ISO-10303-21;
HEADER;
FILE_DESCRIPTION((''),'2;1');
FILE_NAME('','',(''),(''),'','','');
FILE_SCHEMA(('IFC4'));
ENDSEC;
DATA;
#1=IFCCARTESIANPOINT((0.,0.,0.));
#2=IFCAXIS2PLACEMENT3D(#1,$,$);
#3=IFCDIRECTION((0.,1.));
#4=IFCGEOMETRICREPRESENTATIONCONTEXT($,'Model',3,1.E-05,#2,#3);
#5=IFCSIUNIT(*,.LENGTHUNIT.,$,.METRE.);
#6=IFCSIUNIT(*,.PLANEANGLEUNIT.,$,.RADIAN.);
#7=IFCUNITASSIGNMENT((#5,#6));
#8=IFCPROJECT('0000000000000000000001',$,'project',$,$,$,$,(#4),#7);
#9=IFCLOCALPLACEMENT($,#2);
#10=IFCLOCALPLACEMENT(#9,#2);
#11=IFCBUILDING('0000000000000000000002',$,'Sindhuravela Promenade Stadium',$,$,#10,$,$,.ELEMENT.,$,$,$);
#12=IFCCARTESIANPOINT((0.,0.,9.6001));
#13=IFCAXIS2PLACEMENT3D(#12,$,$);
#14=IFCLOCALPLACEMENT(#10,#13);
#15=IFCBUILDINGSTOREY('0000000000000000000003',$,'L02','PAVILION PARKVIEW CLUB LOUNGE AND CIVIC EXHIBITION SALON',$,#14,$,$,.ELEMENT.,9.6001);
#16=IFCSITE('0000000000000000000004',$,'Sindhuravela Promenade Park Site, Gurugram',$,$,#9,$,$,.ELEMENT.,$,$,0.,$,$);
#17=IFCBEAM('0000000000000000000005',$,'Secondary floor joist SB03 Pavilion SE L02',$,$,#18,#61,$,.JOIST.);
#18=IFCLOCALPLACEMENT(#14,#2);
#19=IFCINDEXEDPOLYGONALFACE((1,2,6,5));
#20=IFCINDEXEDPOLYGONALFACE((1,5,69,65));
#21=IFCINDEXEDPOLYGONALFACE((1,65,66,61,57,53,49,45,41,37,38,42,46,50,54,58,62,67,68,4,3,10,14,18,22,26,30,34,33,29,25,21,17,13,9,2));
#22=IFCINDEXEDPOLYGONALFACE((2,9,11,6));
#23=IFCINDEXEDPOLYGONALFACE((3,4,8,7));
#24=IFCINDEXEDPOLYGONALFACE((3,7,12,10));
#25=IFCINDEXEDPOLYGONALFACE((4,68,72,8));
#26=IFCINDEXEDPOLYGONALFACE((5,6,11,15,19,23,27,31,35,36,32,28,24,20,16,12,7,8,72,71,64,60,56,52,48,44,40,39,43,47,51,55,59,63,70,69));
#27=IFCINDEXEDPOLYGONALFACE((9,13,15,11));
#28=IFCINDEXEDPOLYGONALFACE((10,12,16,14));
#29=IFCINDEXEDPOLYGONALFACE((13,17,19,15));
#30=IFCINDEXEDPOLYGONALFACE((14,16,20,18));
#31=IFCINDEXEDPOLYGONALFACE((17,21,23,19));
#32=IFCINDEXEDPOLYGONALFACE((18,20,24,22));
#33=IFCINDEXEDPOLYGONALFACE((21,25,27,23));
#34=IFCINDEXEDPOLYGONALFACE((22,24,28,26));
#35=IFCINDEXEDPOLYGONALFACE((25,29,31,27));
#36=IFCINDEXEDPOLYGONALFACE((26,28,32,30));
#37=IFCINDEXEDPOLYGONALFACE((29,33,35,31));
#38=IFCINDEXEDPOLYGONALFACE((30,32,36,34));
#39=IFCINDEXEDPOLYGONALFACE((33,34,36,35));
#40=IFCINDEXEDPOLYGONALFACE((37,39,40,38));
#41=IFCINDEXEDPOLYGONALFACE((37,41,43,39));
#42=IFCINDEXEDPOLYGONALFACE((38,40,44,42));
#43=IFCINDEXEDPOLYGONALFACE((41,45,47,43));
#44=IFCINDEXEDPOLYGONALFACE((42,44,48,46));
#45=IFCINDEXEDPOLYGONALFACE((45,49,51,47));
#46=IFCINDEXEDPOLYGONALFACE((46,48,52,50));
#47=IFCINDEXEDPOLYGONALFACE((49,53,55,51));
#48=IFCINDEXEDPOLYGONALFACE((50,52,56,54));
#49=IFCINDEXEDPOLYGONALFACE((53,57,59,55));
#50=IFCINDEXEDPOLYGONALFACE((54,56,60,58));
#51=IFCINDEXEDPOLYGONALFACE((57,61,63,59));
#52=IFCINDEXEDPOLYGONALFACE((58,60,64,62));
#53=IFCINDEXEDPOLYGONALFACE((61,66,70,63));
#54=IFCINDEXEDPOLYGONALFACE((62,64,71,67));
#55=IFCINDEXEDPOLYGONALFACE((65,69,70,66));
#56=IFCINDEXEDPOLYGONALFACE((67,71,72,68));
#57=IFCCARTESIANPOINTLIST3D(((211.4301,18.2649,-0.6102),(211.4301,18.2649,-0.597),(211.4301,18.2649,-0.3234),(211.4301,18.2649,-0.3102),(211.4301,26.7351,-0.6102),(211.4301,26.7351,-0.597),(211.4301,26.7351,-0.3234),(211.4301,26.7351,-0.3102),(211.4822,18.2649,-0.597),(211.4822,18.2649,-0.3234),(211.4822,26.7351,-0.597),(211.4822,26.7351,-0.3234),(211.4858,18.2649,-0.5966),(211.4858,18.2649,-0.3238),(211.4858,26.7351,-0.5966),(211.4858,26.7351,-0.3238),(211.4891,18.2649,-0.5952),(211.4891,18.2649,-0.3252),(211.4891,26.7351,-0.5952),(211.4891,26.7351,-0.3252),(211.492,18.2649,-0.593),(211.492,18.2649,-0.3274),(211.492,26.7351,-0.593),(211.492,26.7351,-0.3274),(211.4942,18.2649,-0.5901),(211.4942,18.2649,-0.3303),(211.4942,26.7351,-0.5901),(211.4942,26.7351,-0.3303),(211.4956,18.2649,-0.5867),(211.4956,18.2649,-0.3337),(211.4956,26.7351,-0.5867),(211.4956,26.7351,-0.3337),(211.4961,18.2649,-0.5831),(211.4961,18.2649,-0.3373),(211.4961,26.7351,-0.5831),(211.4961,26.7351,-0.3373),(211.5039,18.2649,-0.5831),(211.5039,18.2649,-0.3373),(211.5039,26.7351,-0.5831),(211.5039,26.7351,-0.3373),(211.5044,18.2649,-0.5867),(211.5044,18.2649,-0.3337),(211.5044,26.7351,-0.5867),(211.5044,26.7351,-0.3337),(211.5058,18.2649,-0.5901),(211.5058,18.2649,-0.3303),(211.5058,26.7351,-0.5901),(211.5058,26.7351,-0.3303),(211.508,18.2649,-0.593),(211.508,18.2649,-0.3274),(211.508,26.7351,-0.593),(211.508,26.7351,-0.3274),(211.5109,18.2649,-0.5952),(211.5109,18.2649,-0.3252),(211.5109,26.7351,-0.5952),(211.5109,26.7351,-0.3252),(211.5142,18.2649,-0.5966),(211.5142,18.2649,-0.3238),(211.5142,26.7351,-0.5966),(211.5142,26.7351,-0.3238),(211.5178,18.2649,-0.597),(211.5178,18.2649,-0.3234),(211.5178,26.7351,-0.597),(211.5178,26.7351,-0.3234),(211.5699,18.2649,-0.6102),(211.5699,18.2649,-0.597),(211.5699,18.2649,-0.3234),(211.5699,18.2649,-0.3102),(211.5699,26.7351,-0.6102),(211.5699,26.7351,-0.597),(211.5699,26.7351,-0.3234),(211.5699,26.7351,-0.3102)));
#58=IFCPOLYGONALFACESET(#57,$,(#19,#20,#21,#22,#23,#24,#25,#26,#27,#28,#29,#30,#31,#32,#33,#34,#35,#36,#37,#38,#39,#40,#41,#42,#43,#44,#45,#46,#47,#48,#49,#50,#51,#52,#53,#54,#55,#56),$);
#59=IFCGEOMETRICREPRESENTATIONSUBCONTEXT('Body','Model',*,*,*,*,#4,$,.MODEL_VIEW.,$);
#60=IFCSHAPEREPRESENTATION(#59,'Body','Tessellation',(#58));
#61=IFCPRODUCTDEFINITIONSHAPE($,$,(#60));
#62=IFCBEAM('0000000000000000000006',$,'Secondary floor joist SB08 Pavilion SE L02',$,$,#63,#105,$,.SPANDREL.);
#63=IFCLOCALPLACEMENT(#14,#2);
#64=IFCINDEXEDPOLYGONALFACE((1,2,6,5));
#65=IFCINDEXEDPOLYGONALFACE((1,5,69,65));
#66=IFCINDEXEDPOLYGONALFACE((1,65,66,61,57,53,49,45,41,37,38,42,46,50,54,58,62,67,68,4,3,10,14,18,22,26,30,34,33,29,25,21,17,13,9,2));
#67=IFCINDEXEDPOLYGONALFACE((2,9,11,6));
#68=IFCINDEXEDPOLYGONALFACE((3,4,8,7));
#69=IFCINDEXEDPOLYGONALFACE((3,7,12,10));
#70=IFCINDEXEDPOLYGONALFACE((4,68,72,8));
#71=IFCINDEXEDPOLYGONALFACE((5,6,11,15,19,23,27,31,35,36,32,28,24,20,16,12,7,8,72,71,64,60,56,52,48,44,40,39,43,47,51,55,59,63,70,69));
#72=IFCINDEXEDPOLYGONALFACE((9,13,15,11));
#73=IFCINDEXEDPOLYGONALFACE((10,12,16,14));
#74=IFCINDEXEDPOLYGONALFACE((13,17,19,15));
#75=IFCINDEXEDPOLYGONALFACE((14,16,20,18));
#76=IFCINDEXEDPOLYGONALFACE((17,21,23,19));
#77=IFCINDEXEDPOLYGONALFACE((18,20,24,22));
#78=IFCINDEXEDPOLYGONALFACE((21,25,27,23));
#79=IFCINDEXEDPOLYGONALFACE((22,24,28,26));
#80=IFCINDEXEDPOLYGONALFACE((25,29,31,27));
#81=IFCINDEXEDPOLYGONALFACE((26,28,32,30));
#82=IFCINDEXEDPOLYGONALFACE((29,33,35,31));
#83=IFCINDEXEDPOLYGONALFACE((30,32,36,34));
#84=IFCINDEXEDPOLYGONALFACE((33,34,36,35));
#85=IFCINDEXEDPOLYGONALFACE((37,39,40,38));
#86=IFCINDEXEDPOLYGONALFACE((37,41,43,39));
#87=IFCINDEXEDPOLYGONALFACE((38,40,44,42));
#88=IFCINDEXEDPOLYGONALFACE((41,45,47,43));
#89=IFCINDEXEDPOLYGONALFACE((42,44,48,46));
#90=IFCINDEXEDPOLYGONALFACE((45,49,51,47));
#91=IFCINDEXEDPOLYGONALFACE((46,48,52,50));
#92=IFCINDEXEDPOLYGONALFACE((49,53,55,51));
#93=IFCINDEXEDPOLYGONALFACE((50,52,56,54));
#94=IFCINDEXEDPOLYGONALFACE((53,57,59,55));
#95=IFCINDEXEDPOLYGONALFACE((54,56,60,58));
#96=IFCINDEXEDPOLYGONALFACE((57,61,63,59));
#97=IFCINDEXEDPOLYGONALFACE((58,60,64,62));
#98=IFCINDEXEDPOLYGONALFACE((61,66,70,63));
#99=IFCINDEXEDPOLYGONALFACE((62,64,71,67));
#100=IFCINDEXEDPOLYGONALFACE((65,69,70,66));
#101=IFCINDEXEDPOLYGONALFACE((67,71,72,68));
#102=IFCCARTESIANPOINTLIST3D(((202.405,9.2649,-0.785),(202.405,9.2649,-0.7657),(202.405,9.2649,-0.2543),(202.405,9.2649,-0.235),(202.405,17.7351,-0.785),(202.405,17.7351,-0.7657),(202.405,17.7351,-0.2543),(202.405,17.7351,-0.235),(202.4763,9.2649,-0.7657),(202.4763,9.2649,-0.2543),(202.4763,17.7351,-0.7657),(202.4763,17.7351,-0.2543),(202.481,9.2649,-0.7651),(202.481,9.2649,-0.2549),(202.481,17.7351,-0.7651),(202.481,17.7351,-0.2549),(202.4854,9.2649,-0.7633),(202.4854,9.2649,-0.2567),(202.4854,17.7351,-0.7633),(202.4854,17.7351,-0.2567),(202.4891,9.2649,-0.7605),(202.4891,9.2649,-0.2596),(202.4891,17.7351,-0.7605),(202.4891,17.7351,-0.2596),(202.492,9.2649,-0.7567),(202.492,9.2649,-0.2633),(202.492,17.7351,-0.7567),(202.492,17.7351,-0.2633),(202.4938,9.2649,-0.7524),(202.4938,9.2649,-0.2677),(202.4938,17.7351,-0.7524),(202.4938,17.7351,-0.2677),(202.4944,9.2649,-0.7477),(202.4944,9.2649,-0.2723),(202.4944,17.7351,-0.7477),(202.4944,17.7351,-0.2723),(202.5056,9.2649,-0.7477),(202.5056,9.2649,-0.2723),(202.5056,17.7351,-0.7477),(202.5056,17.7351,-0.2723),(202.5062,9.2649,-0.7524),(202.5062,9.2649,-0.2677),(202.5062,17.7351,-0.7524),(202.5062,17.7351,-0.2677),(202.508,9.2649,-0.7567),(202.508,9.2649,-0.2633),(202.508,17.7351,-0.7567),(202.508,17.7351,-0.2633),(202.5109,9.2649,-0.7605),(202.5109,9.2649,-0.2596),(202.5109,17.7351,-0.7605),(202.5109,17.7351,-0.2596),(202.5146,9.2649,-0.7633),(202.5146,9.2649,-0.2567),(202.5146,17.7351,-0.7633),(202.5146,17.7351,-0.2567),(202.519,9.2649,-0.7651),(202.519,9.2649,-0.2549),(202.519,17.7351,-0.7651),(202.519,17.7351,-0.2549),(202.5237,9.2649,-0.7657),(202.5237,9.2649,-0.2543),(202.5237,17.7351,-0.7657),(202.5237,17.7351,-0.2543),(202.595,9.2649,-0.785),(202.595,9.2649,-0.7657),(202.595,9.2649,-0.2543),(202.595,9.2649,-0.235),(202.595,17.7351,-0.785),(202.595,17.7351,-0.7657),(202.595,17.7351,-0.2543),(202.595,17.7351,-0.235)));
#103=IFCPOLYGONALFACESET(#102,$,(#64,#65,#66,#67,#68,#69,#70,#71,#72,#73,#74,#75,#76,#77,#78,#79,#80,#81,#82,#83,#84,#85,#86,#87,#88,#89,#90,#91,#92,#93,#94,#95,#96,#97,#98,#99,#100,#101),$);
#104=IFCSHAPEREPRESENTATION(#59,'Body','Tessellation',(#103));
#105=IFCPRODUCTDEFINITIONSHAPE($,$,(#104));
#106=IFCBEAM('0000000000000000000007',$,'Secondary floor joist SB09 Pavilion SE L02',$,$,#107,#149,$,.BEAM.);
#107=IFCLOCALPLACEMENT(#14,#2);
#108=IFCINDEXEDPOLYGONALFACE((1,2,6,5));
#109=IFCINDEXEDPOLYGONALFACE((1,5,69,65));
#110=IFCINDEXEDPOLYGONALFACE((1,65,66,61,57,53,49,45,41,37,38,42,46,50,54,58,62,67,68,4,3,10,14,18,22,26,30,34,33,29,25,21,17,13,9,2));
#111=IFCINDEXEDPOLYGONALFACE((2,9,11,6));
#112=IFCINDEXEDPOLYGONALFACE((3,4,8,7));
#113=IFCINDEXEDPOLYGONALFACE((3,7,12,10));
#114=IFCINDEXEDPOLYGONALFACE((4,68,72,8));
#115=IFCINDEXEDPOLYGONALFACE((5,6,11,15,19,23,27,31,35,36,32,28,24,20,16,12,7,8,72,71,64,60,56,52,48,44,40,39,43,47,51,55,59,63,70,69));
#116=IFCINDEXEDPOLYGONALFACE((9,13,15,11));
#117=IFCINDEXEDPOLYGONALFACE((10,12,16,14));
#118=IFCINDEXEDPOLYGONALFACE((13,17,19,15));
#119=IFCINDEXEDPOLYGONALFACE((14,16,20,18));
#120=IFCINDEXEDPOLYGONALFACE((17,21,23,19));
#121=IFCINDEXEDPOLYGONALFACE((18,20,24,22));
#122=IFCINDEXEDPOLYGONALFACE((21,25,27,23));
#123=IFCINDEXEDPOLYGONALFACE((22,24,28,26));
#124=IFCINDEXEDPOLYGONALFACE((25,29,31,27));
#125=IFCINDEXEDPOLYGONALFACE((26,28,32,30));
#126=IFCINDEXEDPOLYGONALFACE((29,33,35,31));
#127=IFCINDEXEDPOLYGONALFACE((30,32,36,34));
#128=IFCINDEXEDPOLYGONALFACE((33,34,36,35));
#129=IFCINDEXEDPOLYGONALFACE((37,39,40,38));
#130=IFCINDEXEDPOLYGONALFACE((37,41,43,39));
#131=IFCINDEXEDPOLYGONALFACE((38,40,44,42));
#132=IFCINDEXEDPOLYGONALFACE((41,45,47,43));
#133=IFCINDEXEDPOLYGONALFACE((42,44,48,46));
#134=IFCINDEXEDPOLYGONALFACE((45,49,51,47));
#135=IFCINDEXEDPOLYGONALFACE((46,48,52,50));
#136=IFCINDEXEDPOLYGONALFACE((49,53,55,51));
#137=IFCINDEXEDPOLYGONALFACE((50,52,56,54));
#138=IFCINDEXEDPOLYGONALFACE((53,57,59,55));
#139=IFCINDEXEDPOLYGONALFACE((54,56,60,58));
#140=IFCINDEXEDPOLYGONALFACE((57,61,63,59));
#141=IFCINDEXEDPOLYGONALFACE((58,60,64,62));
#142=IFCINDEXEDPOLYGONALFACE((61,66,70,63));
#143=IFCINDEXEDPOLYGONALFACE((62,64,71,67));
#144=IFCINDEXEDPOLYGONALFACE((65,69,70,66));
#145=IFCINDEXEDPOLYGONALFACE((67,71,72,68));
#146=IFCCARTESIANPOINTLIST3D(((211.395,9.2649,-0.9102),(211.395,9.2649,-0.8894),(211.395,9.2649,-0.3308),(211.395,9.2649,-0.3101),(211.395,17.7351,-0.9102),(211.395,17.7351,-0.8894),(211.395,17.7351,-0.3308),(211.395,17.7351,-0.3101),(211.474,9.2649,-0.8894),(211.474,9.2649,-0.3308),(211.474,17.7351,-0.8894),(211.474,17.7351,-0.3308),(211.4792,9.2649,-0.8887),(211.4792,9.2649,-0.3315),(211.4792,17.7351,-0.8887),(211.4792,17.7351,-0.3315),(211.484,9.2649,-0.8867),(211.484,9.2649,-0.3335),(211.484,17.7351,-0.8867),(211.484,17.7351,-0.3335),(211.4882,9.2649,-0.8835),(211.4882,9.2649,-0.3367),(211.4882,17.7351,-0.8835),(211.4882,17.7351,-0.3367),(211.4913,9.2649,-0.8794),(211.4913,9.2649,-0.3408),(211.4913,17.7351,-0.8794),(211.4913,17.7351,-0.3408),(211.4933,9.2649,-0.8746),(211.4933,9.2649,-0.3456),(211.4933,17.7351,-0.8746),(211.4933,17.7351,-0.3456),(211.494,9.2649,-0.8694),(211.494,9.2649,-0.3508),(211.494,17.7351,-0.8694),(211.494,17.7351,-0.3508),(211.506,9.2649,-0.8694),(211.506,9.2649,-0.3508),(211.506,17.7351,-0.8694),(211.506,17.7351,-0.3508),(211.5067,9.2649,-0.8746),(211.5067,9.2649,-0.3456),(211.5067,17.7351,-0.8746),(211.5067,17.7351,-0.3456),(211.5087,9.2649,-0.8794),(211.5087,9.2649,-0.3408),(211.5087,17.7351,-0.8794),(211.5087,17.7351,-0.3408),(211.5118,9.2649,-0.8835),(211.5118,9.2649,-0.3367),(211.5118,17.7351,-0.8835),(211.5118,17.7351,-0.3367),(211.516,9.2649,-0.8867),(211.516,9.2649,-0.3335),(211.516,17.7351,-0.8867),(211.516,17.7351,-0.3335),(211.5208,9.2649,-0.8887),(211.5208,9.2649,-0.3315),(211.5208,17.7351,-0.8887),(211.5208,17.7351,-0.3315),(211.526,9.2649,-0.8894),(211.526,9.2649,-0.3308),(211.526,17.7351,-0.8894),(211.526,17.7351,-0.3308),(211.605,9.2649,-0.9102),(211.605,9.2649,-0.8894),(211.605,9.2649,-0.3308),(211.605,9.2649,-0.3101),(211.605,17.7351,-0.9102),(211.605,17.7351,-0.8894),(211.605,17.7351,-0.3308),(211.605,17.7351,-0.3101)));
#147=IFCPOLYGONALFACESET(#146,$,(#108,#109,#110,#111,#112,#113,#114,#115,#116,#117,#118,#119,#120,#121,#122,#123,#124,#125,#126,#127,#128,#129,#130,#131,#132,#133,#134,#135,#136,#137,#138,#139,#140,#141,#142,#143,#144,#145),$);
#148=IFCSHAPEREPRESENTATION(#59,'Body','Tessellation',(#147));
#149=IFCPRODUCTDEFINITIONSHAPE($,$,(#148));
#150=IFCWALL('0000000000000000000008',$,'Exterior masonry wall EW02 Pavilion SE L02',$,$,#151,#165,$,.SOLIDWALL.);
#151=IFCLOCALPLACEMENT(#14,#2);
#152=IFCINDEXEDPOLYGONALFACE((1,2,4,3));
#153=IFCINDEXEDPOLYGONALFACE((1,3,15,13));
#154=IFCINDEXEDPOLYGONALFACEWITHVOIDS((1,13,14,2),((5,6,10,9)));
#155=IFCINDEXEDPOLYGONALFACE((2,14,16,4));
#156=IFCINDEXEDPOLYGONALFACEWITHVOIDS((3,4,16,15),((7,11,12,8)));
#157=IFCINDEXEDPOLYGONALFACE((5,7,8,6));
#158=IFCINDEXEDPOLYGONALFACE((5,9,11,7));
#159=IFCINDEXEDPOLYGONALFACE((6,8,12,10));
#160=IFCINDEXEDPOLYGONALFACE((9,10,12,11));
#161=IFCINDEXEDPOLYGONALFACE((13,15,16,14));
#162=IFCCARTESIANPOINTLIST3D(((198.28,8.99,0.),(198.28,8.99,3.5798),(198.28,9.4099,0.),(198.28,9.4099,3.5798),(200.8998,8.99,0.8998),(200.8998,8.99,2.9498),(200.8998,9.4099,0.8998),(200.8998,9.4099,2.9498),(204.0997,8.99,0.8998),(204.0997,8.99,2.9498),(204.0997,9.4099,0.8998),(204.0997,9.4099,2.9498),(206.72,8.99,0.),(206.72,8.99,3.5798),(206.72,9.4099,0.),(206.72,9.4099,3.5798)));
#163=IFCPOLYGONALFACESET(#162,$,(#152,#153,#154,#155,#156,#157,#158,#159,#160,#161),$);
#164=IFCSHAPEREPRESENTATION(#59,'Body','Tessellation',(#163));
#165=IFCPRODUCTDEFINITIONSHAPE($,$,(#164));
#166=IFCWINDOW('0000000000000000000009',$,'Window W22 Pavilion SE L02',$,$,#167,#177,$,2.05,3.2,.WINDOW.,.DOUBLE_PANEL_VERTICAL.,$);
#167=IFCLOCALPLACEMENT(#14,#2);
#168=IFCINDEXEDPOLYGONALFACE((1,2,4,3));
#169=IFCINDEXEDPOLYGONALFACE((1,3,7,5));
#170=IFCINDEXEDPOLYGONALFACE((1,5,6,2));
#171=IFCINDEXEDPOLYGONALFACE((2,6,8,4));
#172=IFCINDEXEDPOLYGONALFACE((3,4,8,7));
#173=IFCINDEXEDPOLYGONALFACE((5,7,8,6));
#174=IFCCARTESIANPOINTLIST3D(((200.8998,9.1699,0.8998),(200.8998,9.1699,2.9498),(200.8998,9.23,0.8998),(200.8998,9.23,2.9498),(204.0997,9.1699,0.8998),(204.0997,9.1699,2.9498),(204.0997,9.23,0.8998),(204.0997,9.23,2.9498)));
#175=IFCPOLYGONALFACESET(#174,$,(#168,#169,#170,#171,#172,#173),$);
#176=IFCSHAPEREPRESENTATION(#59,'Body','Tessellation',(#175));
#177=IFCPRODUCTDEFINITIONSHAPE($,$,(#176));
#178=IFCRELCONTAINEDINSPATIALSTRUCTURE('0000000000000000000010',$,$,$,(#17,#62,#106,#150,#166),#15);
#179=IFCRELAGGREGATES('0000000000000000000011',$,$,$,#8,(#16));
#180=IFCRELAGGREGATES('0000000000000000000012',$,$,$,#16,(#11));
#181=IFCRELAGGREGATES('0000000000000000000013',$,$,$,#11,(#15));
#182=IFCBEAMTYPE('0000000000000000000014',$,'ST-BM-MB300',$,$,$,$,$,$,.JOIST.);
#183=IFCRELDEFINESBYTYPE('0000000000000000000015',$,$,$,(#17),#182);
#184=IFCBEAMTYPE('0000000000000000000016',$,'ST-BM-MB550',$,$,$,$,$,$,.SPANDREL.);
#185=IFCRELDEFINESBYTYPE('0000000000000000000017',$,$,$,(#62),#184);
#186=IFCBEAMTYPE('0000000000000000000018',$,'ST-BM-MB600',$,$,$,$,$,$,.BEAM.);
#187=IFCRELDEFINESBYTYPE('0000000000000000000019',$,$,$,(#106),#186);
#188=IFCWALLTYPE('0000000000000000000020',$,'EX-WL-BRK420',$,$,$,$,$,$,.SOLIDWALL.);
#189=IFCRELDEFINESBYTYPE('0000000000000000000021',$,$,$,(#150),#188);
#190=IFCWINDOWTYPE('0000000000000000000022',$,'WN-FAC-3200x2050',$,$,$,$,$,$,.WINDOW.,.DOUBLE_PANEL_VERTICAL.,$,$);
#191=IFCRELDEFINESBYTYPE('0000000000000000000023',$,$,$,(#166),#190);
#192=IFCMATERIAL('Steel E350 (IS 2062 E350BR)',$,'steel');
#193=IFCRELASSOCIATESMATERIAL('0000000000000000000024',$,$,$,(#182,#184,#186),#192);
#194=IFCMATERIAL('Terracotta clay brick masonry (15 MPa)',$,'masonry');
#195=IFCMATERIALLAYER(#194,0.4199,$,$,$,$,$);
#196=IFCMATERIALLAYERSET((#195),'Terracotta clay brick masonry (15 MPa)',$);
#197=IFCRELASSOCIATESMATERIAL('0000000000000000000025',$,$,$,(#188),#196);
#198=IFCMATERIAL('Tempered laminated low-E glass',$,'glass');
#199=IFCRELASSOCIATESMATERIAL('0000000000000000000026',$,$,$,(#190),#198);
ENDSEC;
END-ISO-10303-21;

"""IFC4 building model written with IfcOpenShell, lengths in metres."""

from ifc_helpers import new_model, si_unit, direction, frame, frame_2d, origin, origin_2d, place, context, subcontext, project, spatial, rectangle, i_section, extrude, material, layer, layer_set, material_profile, profile_set, type_object, element, fill, save


model = new_model("IFC4")

# Units and contexts
model_context = context("Model", 3, precision=1e-05, world=origin(), true_north=direction((0.0, 1.0)))
body_context = subcontext(model_context, "Body", "Model", "MODEL_VIEW")
ifc_project = project(units=[si_unit("LENGTHUNIT", "METRE"), si_unit("PLANEANGLEUNIT", "RADIAN")], contexts=[model_context])

# Site, building, storey
site_placement = place(None, origin())
site = spatial("IfcSite", under=ifc_project, at=site_placement, Name="Sindhuravela Promenade Park Site, Gurugram", CompositionType="ELEMENT", RefElevation=0.0)
building_placement = place(site_placement, origin())
building = spatial("IfcBuilding", under=site, at=building_placement, Name="Sindhuravela Promenade Stadium", CompositionType="ELEMENT")
storey_placement = place(building_placement, frame((0.0, 0.0, 9.6001)))
storey = spatial("IfcBuildingStorey", under=building, at=storey_placement, Name="L02", Description="PAVILION PARKVIEW CLUB LOUNGE AND CIVIC EXHIBITION SALON", CompositionType="ELEMENT", Elevation=9.6001)

# Beams
ifc_material_1 = material(Name="Steel E350 (IS 2062 E350BR)", Category="steel")
ifc_material_profile_1 = material_profile(ifc_material_1, i_section(OverallWidth=0.1399, OverallDepth=0.3, WebThickness=0.0078, FlangeThickness=0.0132, FilletRadius=0.0139, at=origin_2d()), Name="ISMB 300")
ifc_profile_set_1 = profile_set([ifc_material_profile_1], Name="Steel E350 (IS 2062 E350BR)")
beam_type_1 = type_object("IfcBeamType", Name="ST-BM-MB300", PredefinedType="JOIST", material=ifc_profile_set_1)
beam_1_placement = place(storey_placement, frame((211.5, 18.2649, -0.4602), z_axis=(0.0, 1.0, 0.0), x_axis=(-1.0, 0.0, 0.0)))
element("IfcBeam", 1, at=beam_1_placement, inside=storey, type_object=beam_type_1, Name="Secondary floor joist SB03 Pavilion SE L02", PredefinedType="JOIST", context=body_context, shape_type="SweptSolid", body=[
    extrude(i_section(OverallWidth=0.1399, OverallDepth=0.3, WebThickness=0.0078, FlangeThickness=0.0132, FilletRadius=0.0139, at=origin_2d()), origin(), (0.0, 0.0, 1.0), 8.4702),
])
ifc_material_profile_2 = material_profile(ifc_material_1, i_section(OverallWidth=0.1899, OverallDepth=0.55, WebThickness=0.0112, FlangeThickness=0.0193, FilletRadius=0.0181, at=origin_2d()), Name="ISMB 550")
ifc_profile_set_2 = profile_set([ifc_material_profile_2], Name="Steel E350 (IS 2062 E350BR)")
beam_type_2 = type_object("IfcBeamType", Name="ST-BM-MB550", PredefinedType="SPANDREL", material=ifc_profile_set_2)
beam_2_placement = place(storey_placement, frame((202.5, 9.2649, -0.51), z_axis=(0.0, 1.0, 0.0), x_axis=(-1.0, 0.0, 0.0)))
element("IfcBeam", 2, at=beam_2_placement, inside=storey, type_object=beam_type_2, Name="Secondary floor joist SB08 Pavilion SE L02", PredefinedType="SPANDREL", context=body_context, shape_type="SweptSolid", body=[
    extrude(i_section(OverallWidth=0.1899, OverallDepth=0.55, WebThickness=0.0112, FlangeThickness=0.0193, FilletRadius=0.0181, at=origin_2d()), origin(), (0.0, 0.0, 1.0), 8.4702),
])
ifc_material_profile_3 = material_profile(ifc_material_1, i_section(OverallWidth=0.21, OverallDepth=0.6001, WebThickness=0.012, FlangeThickness=0.0208, FilletRadius=0.02, at=origin_2d()), Name="ISMB 600")
ifc_profile_set_3 = profile_set([ifc_material_profile_3], Name="Steel E350 (IS 2062 E350BR)")
beam_type_3 = type_object("IfcBeamType", Name="ST-BM-MB600", PredefinedType="BEAM", material=ifc_profile_set_3)
beam_3_placement = place(storey_placement, frame((211.5, 9.2649, -0.6101), z_axis=(0.0, 1.0, 0.0), x_axis=(-1.0, 0.0, 0.0)))
element("IfcBeam", 3, at=beam_3_placement, inside=storey, type_object=beam_type_3, Name="Secondary floor joist SB09 Pavilion SE L02", PredefinedType="BEAM", context=body_context, shape_type="SweptSolid", body=[
    extrude(i_section(OverallWidth=0.21, OverallDepth=0.6001, WebThickness=0.012, FlangeThickness=0.0208, FilletRadius=0.02, at=origin_2d()), origin(), (0.0, 0.0, 1.0), 8.4702),
])

# Wall, opening, window
ifc_material_2 = material(Name="Terracotta clay brick masonry (15 MPa)", Category="masonry")
ifc_layer_1 = layer(ifc_material_2, 0.4199)
ifc_layer_set_1 = layer_set([ifc_layer_1], Name="Terracotta clay brick masonry (15 MPa)")
wall_type_1 = type_object("IfcWallType", Name="EX-WL-BRK420", PredefinedType="SOLIDWALL", material=ifc_layer_set_1)
wall_1_placement = place(storey_placement, frame((206.72, 9.2, 0.0), z_axis=(0.0, 0.0, 1.0), x_axis=(-1.0, 0.0, 0.0)))
wall_1 = element("IfcWall", 4, at=wall_1_placement, inside=storey, type_object=wall_type_1, Name="Exterior masonry wall EW02 Pavilion SE L02", PredefinedType="SOLIDWALL", context=body_context, shape_type="SweptSolid", body=[
    extrude(rectangle(XDim=8.4399, YDim=0.4199, at=frame_2d((4.22, 0.0))), origin(), (0.0, 0.0, 1.0), 3.5798),
])
opening_placement = place(wall_1_placement, frame((2.6201, 0.0, 0.8999)))
opening = element("IfcOpeningElement", 5, at=opening_placement, cuts=wall_1, PredefinedType="OPENING", context=body_context, shape_type="SweptSolid", body=[
    extrude(rectangle(XDim=3.2, YDim=2.05, at=frame_2d((1.6001, 1.0249))), frame((0.0, 0.22, 0.0), z_axis=(0.0, -1.0, 0.0), x_axis=(1.0, 0.0, 0.0)), (0.0, 0.0, 1.0), 0.4399),
])
ifc_material_3 = material(Name="Tempered laminated low-E glass", Category="glass")
window_type = type_object("IfcWindowType", Name="WN-FAC-3200x2050", PartitioningType="DOUBLE_PANEL_VERTICAL", PredefinedType="WINDOW", material=ifc_material_3)
window_placement = place(opening_placement, origin())
window = element("IfcWindow", 6, at=window_placement, inside=storey, type_object=window_type, Name="Window W22 Pavilion SE L02", OverallHeight=2.05, OverallWidth=3.2, PartitioningType="DOUBLE_PANEL_VERTICAL", PredefinedType="WINDOW", context=body_context, shape_type="SweptSolid", body=[
    extrude(rectangle(XDim=3.2, YDim=2.05, at=frame_2d((1.6001, 1.0249))), frame((0.0, 0.03, 0.0), z_axis=(0.0, -1.0, 0.0), x_axis=(1.0, 0.0, 0.0)), (0.0, 0.0, 1.0), 0.0601),
])
fill(opening, window)

save(model, "model.ifc")
